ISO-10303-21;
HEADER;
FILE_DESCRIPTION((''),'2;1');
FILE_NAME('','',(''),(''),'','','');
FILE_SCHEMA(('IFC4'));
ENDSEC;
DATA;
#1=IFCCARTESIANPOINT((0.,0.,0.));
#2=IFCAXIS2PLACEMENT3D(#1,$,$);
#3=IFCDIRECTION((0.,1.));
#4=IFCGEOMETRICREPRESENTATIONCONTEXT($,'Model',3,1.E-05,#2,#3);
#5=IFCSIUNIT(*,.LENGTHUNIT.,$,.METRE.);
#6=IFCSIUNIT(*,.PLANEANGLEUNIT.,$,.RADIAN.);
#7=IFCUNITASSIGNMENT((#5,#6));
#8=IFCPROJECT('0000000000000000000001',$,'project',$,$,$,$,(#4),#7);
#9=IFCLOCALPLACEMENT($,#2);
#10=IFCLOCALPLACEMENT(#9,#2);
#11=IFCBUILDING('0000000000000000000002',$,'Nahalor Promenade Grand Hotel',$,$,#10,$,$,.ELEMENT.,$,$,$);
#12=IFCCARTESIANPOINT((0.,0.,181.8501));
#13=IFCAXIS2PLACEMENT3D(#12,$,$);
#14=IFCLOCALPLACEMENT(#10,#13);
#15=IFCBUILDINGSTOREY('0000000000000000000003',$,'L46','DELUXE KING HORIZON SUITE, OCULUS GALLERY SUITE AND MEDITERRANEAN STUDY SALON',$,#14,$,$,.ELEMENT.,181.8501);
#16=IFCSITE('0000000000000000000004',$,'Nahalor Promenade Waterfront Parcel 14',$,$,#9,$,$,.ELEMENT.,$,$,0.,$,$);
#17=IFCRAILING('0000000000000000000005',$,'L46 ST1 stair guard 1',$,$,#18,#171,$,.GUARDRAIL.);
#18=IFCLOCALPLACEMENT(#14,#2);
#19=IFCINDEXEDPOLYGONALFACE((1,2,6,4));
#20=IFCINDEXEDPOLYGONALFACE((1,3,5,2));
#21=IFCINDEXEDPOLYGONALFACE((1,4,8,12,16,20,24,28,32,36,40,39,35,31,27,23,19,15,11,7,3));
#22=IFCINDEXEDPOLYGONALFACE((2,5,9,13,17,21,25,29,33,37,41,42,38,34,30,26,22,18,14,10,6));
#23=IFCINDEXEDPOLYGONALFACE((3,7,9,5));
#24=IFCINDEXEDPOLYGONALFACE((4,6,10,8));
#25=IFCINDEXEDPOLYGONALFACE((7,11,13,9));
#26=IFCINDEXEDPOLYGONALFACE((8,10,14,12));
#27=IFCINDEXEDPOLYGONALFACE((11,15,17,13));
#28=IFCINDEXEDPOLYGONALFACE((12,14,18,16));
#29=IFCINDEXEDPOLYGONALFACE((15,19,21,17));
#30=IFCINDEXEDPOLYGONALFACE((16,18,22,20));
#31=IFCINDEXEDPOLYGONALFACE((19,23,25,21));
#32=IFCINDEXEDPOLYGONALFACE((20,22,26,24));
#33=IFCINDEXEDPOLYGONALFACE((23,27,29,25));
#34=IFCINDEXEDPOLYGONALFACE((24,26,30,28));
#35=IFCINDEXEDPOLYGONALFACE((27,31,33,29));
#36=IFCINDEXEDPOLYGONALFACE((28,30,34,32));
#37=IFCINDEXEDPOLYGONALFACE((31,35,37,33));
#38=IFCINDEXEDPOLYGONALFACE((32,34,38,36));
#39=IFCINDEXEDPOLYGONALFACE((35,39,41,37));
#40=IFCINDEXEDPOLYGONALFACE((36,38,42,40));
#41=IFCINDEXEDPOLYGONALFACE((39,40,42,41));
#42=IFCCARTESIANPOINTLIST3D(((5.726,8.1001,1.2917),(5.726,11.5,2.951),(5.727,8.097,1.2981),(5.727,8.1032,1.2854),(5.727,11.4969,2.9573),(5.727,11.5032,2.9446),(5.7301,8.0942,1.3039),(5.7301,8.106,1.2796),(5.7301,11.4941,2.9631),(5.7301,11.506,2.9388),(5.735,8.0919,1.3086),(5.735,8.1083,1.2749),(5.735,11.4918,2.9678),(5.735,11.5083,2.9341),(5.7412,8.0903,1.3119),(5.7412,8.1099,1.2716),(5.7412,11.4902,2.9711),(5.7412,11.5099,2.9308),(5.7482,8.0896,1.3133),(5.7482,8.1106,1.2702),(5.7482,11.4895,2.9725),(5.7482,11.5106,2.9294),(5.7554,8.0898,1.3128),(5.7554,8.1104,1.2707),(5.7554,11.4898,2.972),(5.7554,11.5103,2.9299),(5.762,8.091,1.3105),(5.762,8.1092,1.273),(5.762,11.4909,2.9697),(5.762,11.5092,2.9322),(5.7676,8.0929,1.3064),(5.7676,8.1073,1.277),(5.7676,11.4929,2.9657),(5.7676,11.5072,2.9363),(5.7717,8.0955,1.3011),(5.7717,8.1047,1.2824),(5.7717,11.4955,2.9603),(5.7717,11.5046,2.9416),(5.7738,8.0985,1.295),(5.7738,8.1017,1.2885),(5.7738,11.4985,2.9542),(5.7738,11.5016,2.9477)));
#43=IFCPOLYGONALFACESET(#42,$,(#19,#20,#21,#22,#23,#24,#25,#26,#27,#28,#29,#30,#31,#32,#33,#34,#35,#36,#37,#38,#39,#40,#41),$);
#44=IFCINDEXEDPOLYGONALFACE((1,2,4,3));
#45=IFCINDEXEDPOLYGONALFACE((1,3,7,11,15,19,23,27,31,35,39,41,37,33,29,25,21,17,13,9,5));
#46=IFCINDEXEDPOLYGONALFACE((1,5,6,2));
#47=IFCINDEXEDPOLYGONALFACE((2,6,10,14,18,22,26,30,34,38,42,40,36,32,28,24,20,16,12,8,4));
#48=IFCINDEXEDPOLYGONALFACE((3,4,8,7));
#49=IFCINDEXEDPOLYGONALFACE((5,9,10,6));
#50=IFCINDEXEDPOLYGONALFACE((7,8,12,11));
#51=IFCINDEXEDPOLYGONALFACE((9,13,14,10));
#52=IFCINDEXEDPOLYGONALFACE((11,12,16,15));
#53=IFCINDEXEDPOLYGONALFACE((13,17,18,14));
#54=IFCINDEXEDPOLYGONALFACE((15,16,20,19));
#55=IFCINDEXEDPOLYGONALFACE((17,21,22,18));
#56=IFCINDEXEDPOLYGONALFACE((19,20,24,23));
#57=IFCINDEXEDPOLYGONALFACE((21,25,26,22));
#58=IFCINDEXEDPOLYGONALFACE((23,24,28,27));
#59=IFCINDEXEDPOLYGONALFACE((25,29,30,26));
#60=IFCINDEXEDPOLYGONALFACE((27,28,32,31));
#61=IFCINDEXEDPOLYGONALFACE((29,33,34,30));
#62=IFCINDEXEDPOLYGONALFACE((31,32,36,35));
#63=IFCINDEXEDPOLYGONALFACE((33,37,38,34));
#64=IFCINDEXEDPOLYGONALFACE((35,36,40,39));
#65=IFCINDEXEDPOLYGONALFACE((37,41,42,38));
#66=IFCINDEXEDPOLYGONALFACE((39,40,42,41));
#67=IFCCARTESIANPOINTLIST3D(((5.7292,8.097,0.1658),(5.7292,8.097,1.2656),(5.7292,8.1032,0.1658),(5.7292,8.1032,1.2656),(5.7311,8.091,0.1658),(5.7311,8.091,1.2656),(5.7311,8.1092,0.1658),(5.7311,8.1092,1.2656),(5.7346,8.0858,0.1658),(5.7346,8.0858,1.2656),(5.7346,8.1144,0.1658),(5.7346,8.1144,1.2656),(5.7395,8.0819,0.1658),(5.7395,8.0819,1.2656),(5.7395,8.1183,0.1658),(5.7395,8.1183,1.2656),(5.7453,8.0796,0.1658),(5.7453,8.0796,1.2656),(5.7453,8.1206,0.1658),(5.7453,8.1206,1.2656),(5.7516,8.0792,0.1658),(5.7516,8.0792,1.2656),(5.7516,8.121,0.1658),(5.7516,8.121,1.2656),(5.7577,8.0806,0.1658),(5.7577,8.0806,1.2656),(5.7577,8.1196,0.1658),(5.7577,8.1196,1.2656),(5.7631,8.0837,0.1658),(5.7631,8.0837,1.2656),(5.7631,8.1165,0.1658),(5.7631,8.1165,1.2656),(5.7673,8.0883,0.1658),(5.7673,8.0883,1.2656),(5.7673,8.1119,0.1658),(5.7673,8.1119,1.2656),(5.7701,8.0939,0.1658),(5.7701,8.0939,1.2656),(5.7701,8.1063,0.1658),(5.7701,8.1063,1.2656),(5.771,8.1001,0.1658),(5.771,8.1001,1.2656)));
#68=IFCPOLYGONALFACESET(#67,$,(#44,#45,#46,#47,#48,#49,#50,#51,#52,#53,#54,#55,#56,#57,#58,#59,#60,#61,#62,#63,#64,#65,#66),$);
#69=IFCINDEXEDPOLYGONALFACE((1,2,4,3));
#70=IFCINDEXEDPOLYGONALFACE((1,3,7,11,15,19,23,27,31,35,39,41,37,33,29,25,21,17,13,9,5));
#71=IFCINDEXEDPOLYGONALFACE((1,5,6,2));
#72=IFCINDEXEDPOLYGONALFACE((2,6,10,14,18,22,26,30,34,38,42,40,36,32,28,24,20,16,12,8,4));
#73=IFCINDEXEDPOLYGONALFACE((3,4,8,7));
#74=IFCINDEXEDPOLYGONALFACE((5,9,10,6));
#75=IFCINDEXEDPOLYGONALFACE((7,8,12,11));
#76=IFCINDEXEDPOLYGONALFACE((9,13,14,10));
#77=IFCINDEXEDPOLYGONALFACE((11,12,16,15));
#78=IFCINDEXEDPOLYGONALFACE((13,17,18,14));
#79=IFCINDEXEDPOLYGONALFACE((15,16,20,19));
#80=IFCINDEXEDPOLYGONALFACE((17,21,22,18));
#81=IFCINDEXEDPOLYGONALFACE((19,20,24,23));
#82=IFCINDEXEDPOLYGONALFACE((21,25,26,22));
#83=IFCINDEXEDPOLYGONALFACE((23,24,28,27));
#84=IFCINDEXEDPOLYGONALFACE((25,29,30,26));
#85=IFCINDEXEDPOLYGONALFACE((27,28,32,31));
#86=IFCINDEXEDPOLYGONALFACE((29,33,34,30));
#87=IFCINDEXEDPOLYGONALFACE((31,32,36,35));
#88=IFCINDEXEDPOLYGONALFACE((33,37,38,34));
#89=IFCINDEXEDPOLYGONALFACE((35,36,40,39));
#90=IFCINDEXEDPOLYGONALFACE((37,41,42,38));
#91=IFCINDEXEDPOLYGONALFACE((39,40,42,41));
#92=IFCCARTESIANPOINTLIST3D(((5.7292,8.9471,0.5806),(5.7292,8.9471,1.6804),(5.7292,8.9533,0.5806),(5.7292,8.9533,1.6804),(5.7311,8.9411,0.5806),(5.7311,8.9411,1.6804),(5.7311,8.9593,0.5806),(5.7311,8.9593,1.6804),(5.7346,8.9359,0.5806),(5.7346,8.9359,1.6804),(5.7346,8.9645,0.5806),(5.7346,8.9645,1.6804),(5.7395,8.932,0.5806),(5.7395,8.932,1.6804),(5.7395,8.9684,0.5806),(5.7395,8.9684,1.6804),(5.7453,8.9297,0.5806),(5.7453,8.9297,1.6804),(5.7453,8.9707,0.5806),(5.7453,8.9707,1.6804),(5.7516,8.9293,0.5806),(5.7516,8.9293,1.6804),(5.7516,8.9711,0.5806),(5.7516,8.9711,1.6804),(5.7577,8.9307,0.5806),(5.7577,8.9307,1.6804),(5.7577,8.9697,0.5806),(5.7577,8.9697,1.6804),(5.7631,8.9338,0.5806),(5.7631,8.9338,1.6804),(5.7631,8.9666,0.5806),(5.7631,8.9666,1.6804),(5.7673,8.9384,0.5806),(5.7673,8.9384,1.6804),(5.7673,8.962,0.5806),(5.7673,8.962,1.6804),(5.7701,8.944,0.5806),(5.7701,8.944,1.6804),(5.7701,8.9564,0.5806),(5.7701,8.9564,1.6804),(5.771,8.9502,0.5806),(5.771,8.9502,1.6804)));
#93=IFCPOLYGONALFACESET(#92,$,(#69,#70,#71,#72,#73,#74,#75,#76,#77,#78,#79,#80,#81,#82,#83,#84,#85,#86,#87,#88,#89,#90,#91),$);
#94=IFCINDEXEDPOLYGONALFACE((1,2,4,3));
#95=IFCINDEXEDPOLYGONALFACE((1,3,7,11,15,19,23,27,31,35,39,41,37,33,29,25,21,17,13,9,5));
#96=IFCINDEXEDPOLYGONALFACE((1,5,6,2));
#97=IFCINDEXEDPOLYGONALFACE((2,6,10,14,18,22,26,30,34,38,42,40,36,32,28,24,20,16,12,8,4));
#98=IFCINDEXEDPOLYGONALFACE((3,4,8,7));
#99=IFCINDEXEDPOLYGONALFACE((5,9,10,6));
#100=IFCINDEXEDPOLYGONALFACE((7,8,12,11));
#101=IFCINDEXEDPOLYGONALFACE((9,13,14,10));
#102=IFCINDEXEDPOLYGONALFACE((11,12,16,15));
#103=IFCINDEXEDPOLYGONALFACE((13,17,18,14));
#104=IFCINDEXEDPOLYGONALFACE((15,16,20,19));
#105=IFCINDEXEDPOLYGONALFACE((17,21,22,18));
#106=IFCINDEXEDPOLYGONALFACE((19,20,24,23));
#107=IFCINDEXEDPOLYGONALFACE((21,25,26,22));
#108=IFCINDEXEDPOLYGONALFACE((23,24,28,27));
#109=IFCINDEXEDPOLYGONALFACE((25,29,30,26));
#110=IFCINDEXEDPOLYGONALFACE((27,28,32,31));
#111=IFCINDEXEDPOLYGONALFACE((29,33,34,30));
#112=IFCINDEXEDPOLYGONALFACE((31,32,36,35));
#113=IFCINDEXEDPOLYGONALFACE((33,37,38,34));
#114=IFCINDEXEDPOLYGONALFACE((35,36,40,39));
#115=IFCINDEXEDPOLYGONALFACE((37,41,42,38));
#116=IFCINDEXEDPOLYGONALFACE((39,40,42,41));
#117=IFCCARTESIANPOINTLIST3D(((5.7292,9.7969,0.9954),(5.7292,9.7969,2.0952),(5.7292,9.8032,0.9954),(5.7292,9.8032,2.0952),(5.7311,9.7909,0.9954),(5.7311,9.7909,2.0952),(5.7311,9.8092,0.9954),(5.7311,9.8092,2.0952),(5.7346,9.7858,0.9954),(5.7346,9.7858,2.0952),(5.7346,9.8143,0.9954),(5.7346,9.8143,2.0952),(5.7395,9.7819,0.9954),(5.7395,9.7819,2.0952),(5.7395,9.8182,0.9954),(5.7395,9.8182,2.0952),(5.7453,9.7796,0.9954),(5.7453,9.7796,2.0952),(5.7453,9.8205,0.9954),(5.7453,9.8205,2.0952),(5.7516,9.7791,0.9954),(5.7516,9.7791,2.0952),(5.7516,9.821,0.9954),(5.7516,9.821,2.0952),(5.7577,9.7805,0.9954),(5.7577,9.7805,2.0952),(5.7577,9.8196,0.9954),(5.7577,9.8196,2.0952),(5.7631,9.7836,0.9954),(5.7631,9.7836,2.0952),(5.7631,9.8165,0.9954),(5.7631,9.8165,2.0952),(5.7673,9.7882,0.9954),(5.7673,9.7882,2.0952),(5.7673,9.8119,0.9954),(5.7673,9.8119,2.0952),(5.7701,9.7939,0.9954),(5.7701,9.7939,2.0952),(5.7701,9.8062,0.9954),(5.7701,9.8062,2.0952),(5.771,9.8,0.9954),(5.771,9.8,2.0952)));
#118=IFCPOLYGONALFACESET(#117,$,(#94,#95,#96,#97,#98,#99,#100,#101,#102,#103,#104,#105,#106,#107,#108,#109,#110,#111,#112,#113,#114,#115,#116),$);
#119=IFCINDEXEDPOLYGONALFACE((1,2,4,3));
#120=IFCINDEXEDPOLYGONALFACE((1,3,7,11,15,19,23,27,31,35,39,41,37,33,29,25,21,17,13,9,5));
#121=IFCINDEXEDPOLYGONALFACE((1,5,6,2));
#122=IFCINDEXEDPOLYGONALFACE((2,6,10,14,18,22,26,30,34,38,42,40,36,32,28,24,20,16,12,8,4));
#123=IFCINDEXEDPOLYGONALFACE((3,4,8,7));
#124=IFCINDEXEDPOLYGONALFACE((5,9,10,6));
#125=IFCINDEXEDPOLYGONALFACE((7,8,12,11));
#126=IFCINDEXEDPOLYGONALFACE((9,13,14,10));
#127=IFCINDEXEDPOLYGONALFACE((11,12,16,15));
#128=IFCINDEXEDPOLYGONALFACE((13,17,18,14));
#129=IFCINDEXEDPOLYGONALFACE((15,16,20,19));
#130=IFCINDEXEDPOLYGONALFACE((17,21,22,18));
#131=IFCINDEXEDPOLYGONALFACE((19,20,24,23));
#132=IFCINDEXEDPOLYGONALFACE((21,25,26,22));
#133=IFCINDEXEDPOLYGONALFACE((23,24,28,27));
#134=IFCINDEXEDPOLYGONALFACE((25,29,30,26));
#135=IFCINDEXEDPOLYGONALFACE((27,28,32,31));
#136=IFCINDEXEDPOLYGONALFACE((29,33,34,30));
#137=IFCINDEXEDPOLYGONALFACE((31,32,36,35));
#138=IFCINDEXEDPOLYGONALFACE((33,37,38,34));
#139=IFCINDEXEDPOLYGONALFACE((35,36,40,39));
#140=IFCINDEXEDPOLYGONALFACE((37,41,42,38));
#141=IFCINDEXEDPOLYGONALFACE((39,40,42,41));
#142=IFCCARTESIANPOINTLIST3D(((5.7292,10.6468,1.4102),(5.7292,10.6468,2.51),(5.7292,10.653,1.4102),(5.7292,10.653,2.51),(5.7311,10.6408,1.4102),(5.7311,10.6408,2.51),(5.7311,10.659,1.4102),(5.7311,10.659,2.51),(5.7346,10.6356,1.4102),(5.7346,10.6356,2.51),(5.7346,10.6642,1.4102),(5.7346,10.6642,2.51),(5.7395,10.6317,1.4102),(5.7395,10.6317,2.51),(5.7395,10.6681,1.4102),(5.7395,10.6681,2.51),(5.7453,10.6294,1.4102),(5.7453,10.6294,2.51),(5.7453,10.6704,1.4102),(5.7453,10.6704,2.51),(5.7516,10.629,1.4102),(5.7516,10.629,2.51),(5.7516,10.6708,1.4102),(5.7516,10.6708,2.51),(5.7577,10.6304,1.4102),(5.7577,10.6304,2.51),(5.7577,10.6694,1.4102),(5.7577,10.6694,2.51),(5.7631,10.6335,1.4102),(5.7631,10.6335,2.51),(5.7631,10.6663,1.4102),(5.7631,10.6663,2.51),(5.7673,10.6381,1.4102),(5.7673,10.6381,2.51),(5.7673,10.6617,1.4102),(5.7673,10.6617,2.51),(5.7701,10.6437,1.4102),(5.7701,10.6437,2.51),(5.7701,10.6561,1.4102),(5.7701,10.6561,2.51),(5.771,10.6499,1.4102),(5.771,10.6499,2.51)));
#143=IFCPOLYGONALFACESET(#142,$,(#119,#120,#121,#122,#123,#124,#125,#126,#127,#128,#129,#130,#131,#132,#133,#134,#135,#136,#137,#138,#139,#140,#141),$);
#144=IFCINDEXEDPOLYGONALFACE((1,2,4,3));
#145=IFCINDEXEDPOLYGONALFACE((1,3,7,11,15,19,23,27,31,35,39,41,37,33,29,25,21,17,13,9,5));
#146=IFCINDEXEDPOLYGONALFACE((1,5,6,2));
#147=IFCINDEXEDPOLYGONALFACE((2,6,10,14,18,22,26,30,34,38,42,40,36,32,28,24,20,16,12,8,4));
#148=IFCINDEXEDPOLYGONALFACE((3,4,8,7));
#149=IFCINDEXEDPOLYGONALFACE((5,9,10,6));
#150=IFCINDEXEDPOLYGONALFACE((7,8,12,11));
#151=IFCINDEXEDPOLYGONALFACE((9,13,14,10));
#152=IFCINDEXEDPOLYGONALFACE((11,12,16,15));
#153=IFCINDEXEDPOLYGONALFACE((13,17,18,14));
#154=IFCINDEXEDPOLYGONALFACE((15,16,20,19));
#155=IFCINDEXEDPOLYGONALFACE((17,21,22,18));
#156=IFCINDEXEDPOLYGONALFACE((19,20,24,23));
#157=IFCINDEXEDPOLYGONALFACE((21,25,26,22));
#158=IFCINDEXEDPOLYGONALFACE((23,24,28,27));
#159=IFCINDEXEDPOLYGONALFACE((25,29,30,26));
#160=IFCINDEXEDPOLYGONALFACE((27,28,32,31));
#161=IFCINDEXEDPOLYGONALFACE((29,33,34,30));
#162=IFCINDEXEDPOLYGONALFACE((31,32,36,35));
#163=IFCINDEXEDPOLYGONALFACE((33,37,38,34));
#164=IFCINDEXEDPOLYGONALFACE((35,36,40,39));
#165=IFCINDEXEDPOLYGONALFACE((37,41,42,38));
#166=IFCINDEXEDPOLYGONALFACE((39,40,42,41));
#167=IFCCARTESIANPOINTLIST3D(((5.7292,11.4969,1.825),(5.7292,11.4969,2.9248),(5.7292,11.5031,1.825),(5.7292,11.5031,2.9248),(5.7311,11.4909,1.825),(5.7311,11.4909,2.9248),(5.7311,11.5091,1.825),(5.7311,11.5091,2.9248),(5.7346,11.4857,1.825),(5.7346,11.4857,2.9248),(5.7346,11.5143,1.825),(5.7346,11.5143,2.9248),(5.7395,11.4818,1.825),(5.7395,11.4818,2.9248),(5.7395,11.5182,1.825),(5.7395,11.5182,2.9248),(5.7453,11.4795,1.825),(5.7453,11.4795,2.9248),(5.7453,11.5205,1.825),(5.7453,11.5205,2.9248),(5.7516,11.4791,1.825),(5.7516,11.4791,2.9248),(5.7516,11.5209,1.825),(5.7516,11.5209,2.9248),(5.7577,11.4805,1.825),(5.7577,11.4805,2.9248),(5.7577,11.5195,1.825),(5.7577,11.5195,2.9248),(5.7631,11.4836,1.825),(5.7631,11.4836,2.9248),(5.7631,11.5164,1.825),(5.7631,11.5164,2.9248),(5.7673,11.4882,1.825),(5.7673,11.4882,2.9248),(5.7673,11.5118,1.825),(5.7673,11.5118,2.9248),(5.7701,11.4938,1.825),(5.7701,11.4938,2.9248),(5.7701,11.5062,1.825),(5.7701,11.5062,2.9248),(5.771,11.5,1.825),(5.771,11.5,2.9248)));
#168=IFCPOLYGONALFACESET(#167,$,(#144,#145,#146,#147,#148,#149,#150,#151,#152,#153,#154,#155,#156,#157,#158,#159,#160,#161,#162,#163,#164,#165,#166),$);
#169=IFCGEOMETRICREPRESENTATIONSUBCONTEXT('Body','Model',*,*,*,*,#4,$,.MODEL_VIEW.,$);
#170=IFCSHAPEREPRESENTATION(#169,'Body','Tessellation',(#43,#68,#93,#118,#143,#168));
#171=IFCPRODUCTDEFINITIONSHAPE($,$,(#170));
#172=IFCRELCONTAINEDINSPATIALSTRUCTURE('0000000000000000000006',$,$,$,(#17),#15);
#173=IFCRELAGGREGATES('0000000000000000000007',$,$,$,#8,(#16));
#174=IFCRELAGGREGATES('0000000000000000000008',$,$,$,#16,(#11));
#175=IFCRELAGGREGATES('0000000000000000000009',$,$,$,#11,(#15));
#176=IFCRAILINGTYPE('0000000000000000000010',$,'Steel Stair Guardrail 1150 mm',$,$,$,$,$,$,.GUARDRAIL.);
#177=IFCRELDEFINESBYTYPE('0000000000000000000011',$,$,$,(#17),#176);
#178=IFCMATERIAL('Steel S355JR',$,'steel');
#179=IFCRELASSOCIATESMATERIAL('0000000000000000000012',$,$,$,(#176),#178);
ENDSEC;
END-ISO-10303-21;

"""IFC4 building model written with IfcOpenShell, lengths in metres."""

from ifc_helpers import new_model, si_unit, direction, frame, origin, origin_2d, place, context, subcontext, project, spatial, circle, extrude, material, type_object, element, save


model = new_model("IFC4")

# Units and contexts
model_context = context("Model", 3, precision=1e-05, world=origin(), true_north=direction((0.0, 1.0)))
body_context = subcontext(model_context, "Body", "Model", "MODEL_VIEW")
ifc_project = project(units=[si_unit("LENGTHUNIT", "METRE"), si_unit("PLANEANGLEUNIT", "RADIAN")], contexts=[model_context])

# Site, building, storey
site_placement = place(None, origin())
site = spatial("IfcSite", under=ifc_project, at=site_placement, Name="Nahalor Promenade Waterfront Parcel 14", CompositionType="ELEMENT", RefElevation=0.0)
building_placement = place(site_placement, origin())
building = spatial("IfcBuilding", under=site, at=building_placement, Name="Nahalor Promenade Grand Hotel", CompositionType="ELEMENT")
storey_placement = place(building_placement, frame((0.0, 0.0, 181.8501)))
storey = spatial("IfcBuildingStorey", under=building, at=storey_placement, Name="L46", Description="DELUXE KING HORIZON SUITE, OCULUS GALLERY SUITE AND MEDITERRANEAN STUDY SALON", CompositionType="ELEMENT", Elevation=181.8501)

# Shared definitions
ifc_material_1 = material(Name="Steel S355JR", Category="steel")

# Railing
railing_type_1 = type_object("IfcRailingType", Name="Steel Stair Guardrail 1150 mm", PredefinedType="GUARDRAIL", material=ifc_material_1)
railing_1_placement = place(storey_placement, frame((5.75, 8.1001, 0.1658)))
element("IfcRailing", 1, at=railing_1_placement, inside=storey, type_object=railing_type_1, Name="L46 ST1 stair guard 1", PredefinedType="GUARDRAIL", context=body_context, shape_type="SweptSolid", body=[
    extrude(circle(Radius=0.024, at=origin_2d()), frame((0.0, 0.0, 1.126), z_axis=(0.0, 0.898696, 0.438571), x_axis=(-1.0, 0.0, 0.0)), (0.0, 0.0, 1.0), 3.7832),
    extrude(circle(Radius=0.021, at=origin_2d()), origin(), (0.0, 0.0, 1.0), 1.0999),
    extrude(circle(Radius=0.021, at=origin_2d()), frame((0.0, 0.8501, 0.4148)), (0.0, 0.0, 1.0), 1.0999),
    extrude(circle(Radius=0.021, at=origin_2d()), frame((0.0, 1.7, 0.8296)), (0.0, 0.0, 1.0), 1.0999),
    extrude(circle(Radius=0.021, at=origin_2d()), frame((0.0, 2.5498, 1.2444)), (0.0, 0.0, 1.0), 1.0999),
    extrude(circle(Radius=0.021, at=origin_2d()), frame((0.0, 3.3999, 1.6592)), (0.0, 0.0, 1.0), 1.0999),
])

save(model, "model.ifc")
